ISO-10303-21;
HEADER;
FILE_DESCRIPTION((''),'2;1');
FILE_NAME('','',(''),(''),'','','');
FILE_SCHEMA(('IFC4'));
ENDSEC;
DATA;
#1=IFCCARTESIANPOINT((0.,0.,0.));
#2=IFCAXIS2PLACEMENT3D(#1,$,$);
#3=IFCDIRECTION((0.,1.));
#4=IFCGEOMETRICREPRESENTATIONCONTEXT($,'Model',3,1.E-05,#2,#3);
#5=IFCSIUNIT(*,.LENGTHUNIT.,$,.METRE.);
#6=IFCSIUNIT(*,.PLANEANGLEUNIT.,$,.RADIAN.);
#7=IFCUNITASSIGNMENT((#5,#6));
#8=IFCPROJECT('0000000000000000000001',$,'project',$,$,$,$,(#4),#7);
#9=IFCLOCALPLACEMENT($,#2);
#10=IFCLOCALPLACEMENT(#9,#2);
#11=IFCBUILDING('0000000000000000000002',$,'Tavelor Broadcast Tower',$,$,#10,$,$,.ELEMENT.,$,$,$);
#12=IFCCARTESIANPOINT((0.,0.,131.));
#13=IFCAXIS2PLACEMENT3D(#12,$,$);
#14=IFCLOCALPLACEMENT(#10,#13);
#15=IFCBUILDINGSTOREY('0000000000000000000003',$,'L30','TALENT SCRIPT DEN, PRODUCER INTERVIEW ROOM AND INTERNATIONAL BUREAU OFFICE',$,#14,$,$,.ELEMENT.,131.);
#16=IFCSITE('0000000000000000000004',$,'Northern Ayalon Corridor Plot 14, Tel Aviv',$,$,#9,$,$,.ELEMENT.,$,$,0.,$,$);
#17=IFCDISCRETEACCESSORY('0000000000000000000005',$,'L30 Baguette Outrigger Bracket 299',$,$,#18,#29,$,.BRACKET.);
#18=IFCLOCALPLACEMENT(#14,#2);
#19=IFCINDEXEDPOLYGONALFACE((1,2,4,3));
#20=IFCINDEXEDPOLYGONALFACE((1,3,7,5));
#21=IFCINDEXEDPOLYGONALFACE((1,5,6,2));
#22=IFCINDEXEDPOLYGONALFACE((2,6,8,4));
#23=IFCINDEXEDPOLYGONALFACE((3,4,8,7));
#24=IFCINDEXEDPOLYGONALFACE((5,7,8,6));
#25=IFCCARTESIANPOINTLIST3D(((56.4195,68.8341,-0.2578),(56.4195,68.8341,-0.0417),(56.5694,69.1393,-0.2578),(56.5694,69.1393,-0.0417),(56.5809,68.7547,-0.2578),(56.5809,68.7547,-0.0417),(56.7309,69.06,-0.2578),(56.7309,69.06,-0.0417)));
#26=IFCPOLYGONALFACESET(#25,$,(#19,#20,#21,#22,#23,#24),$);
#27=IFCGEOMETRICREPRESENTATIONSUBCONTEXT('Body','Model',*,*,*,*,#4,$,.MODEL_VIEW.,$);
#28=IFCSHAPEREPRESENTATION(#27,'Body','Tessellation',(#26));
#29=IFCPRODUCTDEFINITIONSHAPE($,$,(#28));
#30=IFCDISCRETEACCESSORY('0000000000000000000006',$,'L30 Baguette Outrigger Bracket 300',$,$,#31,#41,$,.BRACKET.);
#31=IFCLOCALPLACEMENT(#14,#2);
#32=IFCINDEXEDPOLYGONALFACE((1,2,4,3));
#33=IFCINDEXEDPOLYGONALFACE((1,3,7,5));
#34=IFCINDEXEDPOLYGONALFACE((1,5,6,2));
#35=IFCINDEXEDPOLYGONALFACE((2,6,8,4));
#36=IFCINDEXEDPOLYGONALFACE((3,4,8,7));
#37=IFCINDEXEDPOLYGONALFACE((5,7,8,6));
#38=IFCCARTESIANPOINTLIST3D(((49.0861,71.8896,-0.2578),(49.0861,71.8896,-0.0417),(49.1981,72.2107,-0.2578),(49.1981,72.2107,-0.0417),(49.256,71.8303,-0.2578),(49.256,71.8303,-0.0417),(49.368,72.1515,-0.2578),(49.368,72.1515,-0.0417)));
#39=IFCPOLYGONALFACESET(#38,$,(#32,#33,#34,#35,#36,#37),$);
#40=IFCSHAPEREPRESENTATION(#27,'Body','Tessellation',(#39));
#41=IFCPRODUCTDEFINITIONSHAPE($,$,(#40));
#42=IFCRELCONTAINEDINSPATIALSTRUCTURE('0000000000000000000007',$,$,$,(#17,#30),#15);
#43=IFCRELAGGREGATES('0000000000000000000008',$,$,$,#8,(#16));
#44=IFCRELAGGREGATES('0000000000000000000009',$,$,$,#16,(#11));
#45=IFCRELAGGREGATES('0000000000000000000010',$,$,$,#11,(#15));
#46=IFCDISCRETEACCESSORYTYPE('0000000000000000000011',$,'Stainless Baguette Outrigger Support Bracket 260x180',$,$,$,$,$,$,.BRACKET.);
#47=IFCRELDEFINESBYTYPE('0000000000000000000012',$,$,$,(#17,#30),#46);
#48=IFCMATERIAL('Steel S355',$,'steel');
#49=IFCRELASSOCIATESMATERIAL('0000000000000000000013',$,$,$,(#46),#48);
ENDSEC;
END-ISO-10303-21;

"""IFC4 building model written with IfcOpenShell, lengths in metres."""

from ifc_helpers import new_model, si_unit, direction, frame, origin, origin_2d, place, context, subcontext, project, spatial, rectangle, extrude, source, transform, mapped, material, type_object, type_shapes, element, save


model = new_model("IFC4")

# Units and contexts
model_context = context("Model", 3, precision=1e-05, world=origin(), true_north=direction((0.0, 1.0)))
body_context = subcontext(model_context, "Body", "Model", "MODEL_VIEW")
ifc_project = project(units=[si_unit("LENGTHUNIT", "METRE"), si_unit("PLANEANGLEUNIT", "RADIAN")], contexts=[model_context])

# Site, building, storey
site_placement = place(None, origin())
site = spatial("IfcSite", under=ifc_project, at=site_placement, Name="Northern Ayalon Corridor Plot 14, Tel Aviv", CompositionType="ELEMENT", RefElevation=0.0)
building_placement = place(site_placement, origin())
building = spatial("IfcBuilding", under=site, at=building_placement, Name="Tavelor Broadcast Tower", CompositionType="ELEMENT")
storey_placement = place(building_placement, frame((0.0, 0.0, 131.0)))
storey = spatial("IfcBuildingStorey", under=building, at=storey_placement, Name="L30", Description="TALENT SCRIPT DEN, PRODUCER INTERVIEW ROOM AND INTERNATIONAL BUREAU OFFICE", CompositionType="ELEMENT", Elevation=131.0)

# Shared definitions
ifc_material_1 = material(Name="Steel S355", Category="steel")

# Discrete accessories
discrete_accessory_type = type_object("IfcDiscreteAccessoryType", Name="Stainless Baguette Outrigger Support Bracket 260x180", PredefinedType="BRACKET", material=ifc_material_1)
shared_shape_1 = source(origin(), body_context, "Body", "SweptSolid", [
    extrude(rectangle(XDim=0.1799, YDim=0.3401, at=origin_2d()), origin(), (0.0, 0.0, 1.0), 0.2161),
])
type_shapes(discrete_accessory_type, [shared_shape_1])
for number, where, z_axis, x_axis, name in (
    (1, (56.5752, 68.947, -0.2578), (0.0, 0.0, 1.0), (-0.897489, 0.441036, 0.0), "L30 Baguette Outrigger Bracket 299"),
    (2, (49.2271, 72.0205, -0.2578), (0.0, 0.0, 1.0), (-0.944262, 0.329196, 0.0), "L30 Baguette Outrigger Bracket 300"),
):
    element("IfcDiscreteAccessory", number, at=place(storey_placement, frame(where, z_axis=z_axis, x_axis=x_axis)), inside=storey, type_object=discrete_accessory_type, Name=name, PredefinedType="BRACKET", context=body_context, shape_type="MappedRepresentation", body=[
        mapped(shared_shape_1, transform((0.0, 0.0, 0.0), scale=1.0)),
    ])

save(model, "model.ifc")
